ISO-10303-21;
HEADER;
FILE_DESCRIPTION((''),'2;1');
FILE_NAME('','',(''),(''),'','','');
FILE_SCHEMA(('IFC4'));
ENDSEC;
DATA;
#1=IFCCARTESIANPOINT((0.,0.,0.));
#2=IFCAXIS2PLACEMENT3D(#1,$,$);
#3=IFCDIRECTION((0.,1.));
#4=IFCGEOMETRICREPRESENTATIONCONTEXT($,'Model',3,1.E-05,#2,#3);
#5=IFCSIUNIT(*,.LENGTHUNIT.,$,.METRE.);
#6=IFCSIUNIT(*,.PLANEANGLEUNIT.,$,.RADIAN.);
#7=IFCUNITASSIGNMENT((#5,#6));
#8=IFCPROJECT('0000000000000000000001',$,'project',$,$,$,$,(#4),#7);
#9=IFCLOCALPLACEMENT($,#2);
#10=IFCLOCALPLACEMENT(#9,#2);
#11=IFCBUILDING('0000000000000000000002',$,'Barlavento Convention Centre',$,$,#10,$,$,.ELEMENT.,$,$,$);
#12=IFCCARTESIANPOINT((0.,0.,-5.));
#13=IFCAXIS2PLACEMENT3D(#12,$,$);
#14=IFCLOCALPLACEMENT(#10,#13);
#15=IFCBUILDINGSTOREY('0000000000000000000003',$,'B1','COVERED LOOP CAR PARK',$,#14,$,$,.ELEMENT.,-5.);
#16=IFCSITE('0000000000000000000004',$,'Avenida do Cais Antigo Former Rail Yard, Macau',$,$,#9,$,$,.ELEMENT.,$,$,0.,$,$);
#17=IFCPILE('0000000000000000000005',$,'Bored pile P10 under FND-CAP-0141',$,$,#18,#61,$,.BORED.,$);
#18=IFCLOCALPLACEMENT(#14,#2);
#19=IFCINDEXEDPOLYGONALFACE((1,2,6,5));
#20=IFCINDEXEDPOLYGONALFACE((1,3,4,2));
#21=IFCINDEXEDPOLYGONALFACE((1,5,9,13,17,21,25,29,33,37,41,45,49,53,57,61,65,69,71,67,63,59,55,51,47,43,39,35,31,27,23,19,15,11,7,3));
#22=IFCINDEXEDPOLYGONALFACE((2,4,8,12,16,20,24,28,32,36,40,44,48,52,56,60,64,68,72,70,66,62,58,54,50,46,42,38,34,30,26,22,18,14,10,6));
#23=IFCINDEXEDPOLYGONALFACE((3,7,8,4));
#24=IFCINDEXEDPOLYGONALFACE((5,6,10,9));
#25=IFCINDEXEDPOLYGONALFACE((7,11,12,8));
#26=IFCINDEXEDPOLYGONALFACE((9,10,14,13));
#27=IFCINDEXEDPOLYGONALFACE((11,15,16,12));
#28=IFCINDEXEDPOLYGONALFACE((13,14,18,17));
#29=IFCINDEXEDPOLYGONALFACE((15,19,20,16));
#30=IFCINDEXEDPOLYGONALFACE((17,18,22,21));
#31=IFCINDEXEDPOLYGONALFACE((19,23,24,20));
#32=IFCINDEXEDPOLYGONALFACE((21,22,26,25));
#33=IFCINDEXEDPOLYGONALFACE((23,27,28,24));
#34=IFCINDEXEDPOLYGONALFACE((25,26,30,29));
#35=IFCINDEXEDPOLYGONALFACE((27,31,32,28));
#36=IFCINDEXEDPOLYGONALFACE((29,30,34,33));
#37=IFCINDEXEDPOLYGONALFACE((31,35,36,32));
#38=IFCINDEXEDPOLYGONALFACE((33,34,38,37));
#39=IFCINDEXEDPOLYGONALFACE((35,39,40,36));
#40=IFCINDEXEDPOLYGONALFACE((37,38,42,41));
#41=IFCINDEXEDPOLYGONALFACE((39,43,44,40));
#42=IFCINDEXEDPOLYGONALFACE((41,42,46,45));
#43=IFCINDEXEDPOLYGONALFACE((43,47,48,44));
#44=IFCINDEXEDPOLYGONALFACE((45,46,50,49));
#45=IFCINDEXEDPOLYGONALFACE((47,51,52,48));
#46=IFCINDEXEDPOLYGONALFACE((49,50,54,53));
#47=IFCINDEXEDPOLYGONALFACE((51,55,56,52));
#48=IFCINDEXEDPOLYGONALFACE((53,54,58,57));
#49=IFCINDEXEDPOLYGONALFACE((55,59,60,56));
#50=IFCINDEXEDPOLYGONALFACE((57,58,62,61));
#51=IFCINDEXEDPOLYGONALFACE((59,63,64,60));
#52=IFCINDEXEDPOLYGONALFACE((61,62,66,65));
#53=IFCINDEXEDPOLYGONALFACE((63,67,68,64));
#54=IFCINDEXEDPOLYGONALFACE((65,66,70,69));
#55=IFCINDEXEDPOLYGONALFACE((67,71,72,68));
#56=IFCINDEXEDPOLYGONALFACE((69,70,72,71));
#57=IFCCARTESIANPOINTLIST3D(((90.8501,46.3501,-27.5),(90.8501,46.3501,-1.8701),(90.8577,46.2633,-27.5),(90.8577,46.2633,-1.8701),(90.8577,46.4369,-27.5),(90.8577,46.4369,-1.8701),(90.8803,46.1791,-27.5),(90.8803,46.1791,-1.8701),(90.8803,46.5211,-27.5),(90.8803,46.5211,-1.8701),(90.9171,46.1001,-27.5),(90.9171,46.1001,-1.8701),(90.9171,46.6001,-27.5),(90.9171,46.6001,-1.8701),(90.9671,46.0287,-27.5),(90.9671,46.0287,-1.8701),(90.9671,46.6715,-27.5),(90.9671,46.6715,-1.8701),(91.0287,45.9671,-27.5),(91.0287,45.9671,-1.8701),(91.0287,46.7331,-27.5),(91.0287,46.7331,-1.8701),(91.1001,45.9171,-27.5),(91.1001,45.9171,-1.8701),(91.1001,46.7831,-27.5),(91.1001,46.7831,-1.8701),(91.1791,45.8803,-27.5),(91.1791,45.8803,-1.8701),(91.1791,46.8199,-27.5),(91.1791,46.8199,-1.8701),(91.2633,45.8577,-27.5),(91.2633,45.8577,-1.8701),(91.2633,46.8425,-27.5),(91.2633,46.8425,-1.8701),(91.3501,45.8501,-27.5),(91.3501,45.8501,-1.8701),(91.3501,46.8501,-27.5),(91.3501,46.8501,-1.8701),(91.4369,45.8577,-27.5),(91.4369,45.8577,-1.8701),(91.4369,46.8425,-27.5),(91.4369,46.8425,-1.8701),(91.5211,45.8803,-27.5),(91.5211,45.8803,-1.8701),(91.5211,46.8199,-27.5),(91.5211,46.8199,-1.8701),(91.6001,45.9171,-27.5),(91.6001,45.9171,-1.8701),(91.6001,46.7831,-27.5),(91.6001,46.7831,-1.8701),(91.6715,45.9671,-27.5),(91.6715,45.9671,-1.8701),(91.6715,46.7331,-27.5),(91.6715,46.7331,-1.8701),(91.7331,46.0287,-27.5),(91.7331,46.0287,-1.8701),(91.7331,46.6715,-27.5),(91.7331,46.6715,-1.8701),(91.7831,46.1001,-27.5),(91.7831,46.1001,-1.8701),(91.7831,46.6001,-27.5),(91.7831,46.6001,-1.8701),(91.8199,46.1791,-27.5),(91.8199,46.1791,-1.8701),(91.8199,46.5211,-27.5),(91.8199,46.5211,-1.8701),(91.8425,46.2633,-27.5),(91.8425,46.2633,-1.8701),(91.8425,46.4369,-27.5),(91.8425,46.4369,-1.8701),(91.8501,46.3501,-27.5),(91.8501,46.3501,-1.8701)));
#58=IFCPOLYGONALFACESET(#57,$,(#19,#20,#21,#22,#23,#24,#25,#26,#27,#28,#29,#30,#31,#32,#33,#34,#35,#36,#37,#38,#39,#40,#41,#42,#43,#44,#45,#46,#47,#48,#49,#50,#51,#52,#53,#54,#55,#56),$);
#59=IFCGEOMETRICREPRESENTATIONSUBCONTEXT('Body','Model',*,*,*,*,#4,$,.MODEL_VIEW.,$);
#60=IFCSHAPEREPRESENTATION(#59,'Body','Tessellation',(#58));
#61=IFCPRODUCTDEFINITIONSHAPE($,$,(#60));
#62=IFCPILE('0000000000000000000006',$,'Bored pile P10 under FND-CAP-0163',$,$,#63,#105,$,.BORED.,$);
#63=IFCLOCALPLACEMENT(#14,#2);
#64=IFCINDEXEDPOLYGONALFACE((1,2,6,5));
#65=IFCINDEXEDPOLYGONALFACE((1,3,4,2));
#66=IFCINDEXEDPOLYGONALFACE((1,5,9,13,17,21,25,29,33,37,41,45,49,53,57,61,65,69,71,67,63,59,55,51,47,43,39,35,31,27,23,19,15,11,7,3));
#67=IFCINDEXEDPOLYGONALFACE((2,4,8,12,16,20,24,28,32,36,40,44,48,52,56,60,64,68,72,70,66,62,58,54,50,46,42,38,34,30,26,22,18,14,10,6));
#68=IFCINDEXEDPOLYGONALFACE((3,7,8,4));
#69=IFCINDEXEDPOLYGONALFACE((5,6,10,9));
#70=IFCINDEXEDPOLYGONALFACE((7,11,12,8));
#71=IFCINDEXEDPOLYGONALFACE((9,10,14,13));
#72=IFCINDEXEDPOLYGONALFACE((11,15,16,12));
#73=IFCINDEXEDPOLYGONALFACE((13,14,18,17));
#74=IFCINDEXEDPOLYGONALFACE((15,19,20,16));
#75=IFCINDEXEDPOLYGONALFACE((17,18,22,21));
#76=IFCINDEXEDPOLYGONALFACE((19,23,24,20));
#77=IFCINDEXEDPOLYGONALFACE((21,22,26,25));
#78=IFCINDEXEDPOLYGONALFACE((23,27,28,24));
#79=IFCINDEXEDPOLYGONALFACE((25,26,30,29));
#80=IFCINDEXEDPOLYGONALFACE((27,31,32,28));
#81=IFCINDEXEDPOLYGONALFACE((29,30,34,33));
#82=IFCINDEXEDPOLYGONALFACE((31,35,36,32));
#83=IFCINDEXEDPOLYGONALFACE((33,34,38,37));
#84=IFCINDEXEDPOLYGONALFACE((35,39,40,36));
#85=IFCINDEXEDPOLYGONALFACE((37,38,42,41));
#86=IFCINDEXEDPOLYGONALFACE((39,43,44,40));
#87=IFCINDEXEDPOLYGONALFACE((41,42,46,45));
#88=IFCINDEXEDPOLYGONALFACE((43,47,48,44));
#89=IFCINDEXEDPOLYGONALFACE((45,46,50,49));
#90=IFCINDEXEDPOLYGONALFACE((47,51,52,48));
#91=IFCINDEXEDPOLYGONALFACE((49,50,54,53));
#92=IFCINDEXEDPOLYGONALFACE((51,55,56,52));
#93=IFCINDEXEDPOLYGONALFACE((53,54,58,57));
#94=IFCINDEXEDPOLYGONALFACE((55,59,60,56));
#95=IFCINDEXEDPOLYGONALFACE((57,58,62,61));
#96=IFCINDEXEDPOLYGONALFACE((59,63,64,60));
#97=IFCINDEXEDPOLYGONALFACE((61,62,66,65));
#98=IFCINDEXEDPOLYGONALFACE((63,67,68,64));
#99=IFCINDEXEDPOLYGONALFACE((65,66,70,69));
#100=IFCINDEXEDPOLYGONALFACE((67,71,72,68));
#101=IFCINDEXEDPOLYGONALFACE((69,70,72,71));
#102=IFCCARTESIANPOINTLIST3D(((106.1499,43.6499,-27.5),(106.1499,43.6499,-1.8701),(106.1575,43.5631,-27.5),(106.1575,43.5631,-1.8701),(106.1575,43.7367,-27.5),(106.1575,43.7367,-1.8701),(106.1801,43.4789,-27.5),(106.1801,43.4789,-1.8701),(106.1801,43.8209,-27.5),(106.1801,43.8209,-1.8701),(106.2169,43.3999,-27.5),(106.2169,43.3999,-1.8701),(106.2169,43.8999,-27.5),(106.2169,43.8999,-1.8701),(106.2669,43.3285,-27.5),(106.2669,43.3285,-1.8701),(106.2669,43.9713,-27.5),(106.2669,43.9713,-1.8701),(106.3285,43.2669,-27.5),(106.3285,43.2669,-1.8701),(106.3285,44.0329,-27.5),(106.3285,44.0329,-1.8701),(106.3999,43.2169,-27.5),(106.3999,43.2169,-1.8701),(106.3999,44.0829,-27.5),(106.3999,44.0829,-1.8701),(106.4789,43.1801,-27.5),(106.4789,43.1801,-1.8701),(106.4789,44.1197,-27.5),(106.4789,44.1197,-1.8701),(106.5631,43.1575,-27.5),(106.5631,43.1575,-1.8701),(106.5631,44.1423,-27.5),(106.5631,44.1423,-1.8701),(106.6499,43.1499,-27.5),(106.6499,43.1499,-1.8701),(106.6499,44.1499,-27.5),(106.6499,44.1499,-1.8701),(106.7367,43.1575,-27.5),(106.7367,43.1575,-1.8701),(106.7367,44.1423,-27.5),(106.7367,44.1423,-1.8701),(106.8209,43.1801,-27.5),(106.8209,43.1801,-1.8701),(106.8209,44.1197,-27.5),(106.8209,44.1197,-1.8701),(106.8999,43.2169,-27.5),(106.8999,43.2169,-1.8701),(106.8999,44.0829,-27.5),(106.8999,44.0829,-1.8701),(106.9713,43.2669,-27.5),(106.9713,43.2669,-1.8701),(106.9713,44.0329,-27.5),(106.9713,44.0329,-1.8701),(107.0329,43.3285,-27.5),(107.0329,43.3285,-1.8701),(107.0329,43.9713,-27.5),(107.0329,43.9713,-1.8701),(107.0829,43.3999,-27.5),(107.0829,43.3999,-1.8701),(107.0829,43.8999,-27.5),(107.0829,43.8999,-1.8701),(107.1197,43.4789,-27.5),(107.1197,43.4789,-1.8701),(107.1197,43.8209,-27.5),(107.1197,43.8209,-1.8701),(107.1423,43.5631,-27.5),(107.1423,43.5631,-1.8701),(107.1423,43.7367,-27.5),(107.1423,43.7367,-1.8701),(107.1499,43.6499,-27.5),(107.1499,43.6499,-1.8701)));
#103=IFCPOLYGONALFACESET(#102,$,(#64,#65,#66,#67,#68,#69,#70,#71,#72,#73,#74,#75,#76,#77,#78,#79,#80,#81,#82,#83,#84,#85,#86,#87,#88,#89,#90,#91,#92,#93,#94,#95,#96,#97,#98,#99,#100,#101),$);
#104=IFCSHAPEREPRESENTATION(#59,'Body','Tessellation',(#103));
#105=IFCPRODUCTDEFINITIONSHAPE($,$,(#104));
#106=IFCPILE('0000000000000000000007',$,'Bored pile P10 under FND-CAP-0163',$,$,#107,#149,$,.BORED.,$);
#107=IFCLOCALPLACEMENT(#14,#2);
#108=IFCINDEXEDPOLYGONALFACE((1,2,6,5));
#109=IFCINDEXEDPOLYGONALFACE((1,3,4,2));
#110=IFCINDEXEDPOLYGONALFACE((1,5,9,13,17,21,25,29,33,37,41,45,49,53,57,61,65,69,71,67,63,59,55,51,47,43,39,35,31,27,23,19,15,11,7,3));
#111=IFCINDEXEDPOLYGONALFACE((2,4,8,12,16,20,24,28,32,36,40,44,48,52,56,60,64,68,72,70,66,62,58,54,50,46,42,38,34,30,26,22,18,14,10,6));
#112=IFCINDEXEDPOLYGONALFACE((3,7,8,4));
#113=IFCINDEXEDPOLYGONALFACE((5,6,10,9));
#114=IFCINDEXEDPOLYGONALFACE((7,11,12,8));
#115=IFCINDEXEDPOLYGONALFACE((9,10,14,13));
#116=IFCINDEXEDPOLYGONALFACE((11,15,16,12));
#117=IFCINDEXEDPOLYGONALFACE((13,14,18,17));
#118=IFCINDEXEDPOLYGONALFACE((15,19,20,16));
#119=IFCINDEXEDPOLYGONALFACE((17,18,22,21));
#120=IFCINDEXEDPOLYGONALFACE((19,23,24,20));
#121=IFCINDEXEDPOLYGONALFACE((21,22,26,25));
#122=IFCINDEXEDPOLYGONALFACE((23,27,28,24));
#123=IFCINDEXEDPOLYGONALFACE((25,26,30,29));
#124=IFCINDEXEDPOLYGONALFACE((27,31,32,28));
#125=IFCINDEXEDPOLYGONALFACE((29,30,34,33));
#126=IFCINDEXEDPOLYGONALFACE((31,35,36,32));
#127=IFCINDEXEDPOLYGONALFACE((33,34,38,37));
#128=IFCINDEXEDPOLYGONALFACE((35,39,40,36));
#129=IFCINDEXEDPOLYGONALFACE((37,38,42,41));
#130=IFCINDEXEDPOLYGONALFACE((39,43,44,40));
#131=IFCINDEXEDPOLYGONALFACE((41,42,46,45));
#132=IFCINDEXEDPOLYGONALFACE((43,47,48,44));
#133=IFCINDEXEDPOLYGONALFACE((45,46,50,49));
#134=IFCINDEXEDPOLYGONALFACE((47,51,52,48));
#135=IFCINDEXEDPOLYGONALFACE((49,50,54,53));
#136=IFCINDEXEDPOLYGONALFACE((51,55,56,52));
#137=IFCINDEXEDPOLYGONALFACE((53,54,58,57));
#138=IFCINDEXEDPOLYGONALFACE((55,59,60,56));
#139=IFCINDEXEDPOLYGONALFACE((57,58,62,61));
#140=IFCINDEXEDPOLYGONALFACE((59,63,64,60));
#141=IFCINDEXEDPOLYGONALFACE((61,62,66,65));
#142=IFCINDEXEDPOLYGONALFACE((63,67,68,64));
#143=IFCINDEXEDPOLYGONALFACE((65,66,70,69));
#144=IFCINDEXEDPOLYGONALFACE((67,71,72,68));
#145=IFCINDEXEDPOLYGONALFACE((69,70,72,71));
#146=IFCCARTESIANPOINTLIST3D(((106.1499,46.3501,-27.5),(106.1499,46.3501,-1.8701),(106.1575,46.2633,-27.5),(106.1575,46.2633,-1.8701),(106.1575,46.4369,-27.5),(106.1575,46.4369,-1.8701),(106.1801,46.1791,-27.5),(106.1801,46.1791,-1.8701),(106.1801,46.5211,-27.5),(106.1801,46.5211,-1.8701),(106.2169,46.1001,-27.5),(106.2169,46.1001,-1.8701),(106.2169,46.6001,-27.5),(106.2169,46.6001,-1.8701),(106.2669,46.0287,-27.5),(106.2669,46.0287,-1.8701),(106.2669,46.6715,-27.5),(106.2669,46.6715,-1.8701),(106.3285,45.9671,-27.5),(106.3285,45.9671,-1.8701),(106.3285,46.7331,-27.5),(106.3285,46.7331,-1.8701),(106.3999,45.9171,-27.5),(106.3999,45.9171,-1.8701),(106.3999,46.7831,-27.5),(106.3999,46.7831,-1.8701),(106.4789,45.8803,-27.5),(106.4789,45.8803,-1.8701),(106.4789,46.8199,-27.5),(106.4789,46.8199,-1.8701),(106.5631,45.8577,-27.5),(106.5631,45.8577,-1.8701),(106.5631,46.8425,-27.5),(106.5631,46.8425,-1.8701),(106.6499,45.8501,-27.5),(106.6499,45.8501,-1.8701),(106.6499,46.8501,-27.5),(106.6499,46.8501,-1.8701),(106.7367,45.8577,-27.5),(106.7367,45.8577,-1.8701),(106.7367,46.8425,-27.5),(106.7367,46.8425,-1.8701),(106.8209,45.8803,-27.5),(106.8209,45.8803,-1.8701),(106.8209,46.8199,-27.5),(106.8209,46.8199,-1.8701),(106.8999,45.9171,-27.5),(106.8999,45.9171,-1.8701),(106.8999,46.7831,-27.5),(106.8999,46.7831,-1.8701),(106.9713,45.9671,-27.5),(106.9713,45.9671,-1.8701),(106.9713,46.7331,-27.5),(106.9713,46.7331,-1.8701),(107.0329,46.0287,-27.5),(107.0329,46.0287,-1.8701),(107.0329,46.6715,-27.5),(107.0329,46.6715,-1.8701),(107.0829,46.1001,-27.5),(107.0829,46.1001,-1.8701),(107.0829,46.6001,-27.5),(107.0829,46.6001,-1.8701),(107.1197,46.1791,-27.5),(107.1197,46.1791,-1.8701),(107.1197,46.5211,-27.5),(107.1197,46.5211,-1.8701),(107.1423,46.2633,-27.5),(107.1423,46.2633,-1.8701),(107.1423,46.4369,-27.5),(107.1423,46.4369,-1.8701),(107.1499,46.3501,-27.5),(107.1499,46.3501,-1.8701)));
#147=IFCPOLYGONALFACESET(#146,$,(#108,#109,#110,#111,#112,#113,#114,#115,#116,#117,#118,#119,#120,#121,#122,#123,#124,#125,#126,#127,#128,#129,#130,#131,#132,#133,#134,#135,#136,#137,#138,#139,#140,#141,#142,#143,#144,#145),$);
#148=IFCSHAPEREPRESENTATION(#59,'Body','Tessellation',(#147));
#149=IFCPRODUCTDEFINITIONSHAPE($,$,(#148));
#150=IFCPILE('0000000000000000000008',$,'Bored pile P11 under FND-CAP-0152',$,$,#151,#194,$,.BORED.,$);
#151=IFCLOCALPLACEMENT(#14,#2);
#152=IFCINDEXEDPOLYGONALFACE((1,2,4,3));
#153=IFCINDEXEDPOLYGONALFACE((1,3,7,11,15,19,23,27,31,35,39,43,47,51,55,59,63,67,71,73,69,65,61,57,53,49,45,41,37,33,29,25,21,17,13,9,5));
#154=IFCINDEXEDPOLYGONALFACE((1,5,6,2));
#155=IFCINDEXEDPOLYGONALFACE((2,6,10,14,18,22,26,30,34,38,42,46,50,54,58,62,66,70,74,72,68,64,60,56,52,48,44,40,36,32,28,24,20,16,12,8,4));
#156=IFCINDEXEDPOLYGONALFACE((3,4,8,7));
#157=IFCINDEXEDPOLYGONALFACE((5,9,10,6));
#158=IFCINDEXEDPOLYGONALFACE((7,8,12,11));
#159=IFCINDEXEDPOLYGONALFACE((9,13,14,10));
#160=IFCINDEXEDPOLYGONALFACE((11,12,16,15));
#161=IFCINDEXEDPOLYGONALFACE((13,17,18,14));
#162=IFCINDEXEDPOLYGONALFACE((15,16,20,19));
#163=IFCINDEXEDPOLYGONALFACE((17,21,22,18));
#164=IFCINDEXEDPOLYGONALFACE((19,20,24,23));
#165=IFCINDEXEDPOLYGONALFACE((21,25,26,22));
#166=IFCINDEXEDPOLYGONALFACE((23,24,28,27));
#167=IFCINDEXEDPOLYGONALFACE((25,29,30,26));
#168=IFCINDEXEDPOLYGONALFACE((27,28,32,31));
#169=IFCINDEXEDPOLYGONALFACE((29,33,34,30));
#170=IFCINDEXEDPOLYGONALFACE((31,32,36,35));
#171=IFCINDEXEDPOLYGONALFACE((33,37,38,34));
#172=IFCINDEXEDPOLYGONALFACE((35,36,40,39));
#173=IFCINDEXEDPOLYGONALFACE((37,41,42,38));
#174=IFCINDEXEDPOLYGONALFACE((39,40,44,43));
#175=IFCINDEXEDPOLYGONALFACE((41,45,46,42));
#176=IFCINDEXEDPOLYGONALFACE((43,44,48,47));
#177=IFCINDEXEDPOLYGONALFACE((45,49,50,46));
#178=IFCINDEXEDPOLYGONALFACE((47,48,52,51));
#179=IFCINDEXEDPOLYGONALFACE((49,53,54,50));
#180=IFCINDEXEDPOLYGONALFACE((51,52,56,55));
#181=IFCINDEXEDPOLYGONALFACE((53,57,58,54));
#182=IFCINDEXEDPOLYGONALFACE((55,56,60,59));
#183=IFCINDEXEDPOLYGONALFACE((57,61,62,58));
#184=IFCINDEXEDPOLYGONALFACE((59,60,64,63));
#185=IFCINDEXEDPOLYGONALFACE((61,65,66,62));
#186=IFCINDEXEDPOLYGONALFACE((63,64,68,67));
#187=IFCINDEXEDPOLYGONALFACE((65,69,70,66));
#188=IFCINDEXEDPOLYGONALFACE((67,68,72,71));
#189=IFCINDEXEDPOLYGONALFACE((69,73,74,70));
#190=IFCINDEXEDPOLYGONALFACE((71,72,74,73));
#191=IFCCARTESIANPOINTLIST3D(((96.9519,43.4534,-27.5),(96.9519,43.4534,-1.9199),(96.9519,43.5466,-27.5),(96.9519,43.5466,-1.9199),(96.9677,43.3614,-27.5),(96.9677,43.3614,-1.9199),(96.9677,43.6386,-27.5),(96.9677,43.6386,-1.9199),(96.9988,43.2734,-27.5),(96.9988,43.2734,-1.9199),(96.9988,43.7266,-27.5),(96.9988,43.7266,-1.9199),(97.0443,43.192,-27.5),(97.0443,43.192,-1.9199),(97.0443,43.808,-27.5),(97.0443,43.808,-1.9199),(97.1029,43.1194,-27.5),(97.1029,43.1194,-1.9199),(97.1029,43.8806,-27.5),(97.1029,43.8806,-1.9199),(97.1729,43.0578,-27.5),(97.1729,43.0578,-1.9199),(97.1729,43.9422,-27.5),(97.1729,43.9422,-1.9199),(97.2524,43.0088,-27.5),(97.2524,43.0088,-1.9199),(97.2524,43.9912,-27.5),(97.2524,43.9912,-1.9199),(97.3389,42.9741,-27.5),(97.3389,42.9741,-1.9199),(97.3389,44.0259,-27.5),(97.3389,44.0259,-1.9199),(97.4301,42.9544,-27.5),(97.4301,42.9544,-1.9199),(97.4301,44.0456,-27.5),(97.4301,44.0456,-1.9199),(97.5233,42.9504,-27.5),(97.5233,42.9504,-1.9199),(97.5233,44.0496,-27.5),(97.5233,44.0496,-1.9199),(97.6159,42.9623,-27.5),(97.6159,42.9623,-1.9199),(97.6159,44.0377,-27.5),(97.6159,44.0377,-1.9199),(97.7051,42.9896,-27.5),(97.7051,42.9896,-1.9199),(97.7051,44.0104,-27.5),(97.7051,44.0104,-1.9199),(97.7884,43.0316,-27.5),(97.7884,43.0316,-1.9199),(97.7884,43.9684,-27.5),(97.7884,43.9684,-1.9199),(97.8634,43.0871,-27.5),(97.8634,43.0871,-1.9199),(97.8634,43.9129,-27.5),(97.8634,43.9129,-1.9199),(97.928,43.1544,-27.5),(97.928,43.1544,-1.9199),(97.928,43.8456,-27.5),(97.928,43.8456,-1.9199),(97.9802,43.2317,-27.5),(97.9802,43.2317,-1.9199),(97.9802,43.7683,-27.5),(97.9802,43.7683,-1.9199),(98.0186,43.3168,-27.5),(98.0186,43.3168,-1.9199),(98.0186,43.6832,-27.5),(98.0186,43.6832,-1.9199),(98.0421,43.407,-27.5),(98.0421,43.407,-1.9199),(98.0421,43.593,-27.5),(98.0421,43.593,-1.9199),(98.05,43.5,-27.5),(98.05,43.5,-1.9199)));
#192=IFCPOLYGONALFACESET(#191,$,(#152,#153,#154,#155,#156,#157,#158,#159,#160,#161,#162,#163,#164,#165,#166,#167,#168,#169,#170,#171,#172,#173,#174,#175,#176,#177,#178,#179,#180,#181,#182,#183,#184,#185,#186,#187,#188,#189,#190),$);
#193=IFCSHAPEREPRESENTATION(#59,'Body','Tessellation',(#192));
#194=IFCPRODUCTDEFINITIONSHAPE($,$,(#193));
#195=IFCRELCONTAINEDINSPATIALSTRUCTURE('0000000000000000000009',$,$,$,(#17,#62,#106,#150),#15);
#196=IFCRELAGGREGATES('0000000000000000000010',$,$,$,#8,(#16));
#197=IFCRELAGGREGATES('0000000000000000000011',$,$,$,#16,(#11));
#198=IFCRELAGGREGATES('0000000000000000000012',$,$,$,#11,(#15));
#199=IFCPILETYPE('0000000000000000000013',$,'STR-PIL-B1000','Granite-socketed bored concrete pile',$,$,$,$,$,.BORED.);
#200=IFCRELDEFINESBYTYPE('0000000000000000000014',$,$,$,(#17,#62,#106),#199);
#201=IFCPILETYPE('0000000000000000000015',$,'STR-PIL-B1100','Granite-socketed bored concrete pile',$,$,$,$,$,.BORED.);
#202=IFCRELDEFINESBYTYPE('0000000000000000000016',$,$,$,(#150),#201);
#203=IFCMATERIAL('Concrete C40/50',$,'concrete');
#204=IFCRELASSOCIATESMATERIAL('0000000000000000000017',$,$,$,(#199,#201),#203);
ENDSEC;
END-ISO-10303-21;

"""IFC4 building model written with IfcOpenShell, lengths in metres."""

from ifc_helpers import new_model, si_unit, direction, frame, origin, origin_2d, place, context, subcontext, project, spatial, circle, extrude, material, material_profile, profile_set, type_object, element, save


model = new_model("IFC4")

# Units and contexts
model_context = context("Model", 3, precision=1e-05, world=origin(), true_north=direction((0.0, 1.0)))
body_context = subcontext(model_context, "Body", "Model", "MODEL_VIEW")
ifc_project = project(units=[si_unit("LENGTHUNIT", "METRE"), si_unit("PLANEANGLEUNIT", "RADIAN")], contexts=[model_context])

# Site, building, storey
site_placement = place(None, origin())
site = spatial("IfcSite", under=ifc_project, at=site_placement, Name="Avenida do Cais Antigo Former Rail Yard, Macau", CompositionType="ELEMENT", RefElevation=0.0)
building_placement = place(site_placement, origin())
building = spatial("IfcBuilding", under=site, at=building_placement, Name="Barlavento Convention Centre", CompositionType="ELEMENT")
storey_placement = place(building_placement, frame((0.0, 0.0, -5.0)))
storey = spatial("IfcBuildingStorey", under=building, at=storey_placement, Name="B1", Description="COVERED LOOP CAR PARK", CompositionType="ELEMENT", Elevation=-5.0)

# Shared definitions
ifc_material_1 = material(Name="Concrete C40/50", Category="concrete")

# Piles
ifc_material_profile_1 = material_profile(ifc_material_1, circle(Radius=0.5, at=origin_2d()), Name="BORED PILE 1000")
ifc_profile_set_1 = profile_set([ifc_material_profile_1], Name="Concrete C40/50")
pile_type_1 = type_object("IfcPileType", Name="STR-PIL-B1000", Description="Granite-socketed bored concrete pile", PredefinedType="BORED", material=ifc_profile_set_1)
for number, where, z_axis, x_axis, name in (
    (1, (91.3501, 46.3501, -1.8701), (0.0, 0.0, -1.0), (1.0, 0.0, 0.0), "Bored pile P10 under FND-CAP-0141"),
    (2, (106.6499, 43.6499, -1.8701), (0.0, 0.0, -1.0), (1.0, 0.0, 0.0), "Bored pile P10 under FND-CAP-0163"),
    (3, (106.6499, 46.3501, -1.8701), (0.0, 0.0, -1.0), (1.0, 0.0, 0.0), "Bored pile P10 under FND-CAP-0163"),
):
    element("IfcPile", number, at=place(storey_placement, frame(where, z_axis=z_axis, x_axis=x_axis)), inside=storey, type_object=pile_type_1, Name=name, PredefinedType="BORED", context=body_context, shape_type="SweptSolid", body=[
        extrude(circle(Radius=0.5, at=origin_2d()), origin(), (0.0, 0.0, 1.0), 25.6299),
    ])
ifc_material_profile_2 = material_profile(ifc_material_1, circle(Radius=0.55, at=origin_2d()), Name="BORED PILE 1100")
ifc_profile_set_2 = profile_set([ifc_material_profile_2], Name="Concrete C40/50")
pile_type_2 = type_object("IfcPileType", Name="STR-PIL-B1100", Description="Granite-socketed bored concrete pile", PredefinedType="BORED", material=ifc_profile_set_2)
for number, where, z_axis, x_axis, name in (
    (4, (97.5, 43.5, -1.9199), (0.0, 0.0, -1.0), (1.0, 0.0, 0.0), "Bored pile P11 under FND-CAP-0152"),
):
    element("IfcPile", number, at=place(storey_placement, frame(where, z_axis=z_axis, x_axis=x_axis)), inside=storey, type_object=pile_type_2, Name=name, PredefinedType="BORED", context=body_context, shape_type="SweptSolid", body=[
        extrude(circle(Radius=0.55, at=origin_2d()), origin(), (0.0, 0.0, 1.0), 25.5801),
    ])

save(model, "model.ifc")
